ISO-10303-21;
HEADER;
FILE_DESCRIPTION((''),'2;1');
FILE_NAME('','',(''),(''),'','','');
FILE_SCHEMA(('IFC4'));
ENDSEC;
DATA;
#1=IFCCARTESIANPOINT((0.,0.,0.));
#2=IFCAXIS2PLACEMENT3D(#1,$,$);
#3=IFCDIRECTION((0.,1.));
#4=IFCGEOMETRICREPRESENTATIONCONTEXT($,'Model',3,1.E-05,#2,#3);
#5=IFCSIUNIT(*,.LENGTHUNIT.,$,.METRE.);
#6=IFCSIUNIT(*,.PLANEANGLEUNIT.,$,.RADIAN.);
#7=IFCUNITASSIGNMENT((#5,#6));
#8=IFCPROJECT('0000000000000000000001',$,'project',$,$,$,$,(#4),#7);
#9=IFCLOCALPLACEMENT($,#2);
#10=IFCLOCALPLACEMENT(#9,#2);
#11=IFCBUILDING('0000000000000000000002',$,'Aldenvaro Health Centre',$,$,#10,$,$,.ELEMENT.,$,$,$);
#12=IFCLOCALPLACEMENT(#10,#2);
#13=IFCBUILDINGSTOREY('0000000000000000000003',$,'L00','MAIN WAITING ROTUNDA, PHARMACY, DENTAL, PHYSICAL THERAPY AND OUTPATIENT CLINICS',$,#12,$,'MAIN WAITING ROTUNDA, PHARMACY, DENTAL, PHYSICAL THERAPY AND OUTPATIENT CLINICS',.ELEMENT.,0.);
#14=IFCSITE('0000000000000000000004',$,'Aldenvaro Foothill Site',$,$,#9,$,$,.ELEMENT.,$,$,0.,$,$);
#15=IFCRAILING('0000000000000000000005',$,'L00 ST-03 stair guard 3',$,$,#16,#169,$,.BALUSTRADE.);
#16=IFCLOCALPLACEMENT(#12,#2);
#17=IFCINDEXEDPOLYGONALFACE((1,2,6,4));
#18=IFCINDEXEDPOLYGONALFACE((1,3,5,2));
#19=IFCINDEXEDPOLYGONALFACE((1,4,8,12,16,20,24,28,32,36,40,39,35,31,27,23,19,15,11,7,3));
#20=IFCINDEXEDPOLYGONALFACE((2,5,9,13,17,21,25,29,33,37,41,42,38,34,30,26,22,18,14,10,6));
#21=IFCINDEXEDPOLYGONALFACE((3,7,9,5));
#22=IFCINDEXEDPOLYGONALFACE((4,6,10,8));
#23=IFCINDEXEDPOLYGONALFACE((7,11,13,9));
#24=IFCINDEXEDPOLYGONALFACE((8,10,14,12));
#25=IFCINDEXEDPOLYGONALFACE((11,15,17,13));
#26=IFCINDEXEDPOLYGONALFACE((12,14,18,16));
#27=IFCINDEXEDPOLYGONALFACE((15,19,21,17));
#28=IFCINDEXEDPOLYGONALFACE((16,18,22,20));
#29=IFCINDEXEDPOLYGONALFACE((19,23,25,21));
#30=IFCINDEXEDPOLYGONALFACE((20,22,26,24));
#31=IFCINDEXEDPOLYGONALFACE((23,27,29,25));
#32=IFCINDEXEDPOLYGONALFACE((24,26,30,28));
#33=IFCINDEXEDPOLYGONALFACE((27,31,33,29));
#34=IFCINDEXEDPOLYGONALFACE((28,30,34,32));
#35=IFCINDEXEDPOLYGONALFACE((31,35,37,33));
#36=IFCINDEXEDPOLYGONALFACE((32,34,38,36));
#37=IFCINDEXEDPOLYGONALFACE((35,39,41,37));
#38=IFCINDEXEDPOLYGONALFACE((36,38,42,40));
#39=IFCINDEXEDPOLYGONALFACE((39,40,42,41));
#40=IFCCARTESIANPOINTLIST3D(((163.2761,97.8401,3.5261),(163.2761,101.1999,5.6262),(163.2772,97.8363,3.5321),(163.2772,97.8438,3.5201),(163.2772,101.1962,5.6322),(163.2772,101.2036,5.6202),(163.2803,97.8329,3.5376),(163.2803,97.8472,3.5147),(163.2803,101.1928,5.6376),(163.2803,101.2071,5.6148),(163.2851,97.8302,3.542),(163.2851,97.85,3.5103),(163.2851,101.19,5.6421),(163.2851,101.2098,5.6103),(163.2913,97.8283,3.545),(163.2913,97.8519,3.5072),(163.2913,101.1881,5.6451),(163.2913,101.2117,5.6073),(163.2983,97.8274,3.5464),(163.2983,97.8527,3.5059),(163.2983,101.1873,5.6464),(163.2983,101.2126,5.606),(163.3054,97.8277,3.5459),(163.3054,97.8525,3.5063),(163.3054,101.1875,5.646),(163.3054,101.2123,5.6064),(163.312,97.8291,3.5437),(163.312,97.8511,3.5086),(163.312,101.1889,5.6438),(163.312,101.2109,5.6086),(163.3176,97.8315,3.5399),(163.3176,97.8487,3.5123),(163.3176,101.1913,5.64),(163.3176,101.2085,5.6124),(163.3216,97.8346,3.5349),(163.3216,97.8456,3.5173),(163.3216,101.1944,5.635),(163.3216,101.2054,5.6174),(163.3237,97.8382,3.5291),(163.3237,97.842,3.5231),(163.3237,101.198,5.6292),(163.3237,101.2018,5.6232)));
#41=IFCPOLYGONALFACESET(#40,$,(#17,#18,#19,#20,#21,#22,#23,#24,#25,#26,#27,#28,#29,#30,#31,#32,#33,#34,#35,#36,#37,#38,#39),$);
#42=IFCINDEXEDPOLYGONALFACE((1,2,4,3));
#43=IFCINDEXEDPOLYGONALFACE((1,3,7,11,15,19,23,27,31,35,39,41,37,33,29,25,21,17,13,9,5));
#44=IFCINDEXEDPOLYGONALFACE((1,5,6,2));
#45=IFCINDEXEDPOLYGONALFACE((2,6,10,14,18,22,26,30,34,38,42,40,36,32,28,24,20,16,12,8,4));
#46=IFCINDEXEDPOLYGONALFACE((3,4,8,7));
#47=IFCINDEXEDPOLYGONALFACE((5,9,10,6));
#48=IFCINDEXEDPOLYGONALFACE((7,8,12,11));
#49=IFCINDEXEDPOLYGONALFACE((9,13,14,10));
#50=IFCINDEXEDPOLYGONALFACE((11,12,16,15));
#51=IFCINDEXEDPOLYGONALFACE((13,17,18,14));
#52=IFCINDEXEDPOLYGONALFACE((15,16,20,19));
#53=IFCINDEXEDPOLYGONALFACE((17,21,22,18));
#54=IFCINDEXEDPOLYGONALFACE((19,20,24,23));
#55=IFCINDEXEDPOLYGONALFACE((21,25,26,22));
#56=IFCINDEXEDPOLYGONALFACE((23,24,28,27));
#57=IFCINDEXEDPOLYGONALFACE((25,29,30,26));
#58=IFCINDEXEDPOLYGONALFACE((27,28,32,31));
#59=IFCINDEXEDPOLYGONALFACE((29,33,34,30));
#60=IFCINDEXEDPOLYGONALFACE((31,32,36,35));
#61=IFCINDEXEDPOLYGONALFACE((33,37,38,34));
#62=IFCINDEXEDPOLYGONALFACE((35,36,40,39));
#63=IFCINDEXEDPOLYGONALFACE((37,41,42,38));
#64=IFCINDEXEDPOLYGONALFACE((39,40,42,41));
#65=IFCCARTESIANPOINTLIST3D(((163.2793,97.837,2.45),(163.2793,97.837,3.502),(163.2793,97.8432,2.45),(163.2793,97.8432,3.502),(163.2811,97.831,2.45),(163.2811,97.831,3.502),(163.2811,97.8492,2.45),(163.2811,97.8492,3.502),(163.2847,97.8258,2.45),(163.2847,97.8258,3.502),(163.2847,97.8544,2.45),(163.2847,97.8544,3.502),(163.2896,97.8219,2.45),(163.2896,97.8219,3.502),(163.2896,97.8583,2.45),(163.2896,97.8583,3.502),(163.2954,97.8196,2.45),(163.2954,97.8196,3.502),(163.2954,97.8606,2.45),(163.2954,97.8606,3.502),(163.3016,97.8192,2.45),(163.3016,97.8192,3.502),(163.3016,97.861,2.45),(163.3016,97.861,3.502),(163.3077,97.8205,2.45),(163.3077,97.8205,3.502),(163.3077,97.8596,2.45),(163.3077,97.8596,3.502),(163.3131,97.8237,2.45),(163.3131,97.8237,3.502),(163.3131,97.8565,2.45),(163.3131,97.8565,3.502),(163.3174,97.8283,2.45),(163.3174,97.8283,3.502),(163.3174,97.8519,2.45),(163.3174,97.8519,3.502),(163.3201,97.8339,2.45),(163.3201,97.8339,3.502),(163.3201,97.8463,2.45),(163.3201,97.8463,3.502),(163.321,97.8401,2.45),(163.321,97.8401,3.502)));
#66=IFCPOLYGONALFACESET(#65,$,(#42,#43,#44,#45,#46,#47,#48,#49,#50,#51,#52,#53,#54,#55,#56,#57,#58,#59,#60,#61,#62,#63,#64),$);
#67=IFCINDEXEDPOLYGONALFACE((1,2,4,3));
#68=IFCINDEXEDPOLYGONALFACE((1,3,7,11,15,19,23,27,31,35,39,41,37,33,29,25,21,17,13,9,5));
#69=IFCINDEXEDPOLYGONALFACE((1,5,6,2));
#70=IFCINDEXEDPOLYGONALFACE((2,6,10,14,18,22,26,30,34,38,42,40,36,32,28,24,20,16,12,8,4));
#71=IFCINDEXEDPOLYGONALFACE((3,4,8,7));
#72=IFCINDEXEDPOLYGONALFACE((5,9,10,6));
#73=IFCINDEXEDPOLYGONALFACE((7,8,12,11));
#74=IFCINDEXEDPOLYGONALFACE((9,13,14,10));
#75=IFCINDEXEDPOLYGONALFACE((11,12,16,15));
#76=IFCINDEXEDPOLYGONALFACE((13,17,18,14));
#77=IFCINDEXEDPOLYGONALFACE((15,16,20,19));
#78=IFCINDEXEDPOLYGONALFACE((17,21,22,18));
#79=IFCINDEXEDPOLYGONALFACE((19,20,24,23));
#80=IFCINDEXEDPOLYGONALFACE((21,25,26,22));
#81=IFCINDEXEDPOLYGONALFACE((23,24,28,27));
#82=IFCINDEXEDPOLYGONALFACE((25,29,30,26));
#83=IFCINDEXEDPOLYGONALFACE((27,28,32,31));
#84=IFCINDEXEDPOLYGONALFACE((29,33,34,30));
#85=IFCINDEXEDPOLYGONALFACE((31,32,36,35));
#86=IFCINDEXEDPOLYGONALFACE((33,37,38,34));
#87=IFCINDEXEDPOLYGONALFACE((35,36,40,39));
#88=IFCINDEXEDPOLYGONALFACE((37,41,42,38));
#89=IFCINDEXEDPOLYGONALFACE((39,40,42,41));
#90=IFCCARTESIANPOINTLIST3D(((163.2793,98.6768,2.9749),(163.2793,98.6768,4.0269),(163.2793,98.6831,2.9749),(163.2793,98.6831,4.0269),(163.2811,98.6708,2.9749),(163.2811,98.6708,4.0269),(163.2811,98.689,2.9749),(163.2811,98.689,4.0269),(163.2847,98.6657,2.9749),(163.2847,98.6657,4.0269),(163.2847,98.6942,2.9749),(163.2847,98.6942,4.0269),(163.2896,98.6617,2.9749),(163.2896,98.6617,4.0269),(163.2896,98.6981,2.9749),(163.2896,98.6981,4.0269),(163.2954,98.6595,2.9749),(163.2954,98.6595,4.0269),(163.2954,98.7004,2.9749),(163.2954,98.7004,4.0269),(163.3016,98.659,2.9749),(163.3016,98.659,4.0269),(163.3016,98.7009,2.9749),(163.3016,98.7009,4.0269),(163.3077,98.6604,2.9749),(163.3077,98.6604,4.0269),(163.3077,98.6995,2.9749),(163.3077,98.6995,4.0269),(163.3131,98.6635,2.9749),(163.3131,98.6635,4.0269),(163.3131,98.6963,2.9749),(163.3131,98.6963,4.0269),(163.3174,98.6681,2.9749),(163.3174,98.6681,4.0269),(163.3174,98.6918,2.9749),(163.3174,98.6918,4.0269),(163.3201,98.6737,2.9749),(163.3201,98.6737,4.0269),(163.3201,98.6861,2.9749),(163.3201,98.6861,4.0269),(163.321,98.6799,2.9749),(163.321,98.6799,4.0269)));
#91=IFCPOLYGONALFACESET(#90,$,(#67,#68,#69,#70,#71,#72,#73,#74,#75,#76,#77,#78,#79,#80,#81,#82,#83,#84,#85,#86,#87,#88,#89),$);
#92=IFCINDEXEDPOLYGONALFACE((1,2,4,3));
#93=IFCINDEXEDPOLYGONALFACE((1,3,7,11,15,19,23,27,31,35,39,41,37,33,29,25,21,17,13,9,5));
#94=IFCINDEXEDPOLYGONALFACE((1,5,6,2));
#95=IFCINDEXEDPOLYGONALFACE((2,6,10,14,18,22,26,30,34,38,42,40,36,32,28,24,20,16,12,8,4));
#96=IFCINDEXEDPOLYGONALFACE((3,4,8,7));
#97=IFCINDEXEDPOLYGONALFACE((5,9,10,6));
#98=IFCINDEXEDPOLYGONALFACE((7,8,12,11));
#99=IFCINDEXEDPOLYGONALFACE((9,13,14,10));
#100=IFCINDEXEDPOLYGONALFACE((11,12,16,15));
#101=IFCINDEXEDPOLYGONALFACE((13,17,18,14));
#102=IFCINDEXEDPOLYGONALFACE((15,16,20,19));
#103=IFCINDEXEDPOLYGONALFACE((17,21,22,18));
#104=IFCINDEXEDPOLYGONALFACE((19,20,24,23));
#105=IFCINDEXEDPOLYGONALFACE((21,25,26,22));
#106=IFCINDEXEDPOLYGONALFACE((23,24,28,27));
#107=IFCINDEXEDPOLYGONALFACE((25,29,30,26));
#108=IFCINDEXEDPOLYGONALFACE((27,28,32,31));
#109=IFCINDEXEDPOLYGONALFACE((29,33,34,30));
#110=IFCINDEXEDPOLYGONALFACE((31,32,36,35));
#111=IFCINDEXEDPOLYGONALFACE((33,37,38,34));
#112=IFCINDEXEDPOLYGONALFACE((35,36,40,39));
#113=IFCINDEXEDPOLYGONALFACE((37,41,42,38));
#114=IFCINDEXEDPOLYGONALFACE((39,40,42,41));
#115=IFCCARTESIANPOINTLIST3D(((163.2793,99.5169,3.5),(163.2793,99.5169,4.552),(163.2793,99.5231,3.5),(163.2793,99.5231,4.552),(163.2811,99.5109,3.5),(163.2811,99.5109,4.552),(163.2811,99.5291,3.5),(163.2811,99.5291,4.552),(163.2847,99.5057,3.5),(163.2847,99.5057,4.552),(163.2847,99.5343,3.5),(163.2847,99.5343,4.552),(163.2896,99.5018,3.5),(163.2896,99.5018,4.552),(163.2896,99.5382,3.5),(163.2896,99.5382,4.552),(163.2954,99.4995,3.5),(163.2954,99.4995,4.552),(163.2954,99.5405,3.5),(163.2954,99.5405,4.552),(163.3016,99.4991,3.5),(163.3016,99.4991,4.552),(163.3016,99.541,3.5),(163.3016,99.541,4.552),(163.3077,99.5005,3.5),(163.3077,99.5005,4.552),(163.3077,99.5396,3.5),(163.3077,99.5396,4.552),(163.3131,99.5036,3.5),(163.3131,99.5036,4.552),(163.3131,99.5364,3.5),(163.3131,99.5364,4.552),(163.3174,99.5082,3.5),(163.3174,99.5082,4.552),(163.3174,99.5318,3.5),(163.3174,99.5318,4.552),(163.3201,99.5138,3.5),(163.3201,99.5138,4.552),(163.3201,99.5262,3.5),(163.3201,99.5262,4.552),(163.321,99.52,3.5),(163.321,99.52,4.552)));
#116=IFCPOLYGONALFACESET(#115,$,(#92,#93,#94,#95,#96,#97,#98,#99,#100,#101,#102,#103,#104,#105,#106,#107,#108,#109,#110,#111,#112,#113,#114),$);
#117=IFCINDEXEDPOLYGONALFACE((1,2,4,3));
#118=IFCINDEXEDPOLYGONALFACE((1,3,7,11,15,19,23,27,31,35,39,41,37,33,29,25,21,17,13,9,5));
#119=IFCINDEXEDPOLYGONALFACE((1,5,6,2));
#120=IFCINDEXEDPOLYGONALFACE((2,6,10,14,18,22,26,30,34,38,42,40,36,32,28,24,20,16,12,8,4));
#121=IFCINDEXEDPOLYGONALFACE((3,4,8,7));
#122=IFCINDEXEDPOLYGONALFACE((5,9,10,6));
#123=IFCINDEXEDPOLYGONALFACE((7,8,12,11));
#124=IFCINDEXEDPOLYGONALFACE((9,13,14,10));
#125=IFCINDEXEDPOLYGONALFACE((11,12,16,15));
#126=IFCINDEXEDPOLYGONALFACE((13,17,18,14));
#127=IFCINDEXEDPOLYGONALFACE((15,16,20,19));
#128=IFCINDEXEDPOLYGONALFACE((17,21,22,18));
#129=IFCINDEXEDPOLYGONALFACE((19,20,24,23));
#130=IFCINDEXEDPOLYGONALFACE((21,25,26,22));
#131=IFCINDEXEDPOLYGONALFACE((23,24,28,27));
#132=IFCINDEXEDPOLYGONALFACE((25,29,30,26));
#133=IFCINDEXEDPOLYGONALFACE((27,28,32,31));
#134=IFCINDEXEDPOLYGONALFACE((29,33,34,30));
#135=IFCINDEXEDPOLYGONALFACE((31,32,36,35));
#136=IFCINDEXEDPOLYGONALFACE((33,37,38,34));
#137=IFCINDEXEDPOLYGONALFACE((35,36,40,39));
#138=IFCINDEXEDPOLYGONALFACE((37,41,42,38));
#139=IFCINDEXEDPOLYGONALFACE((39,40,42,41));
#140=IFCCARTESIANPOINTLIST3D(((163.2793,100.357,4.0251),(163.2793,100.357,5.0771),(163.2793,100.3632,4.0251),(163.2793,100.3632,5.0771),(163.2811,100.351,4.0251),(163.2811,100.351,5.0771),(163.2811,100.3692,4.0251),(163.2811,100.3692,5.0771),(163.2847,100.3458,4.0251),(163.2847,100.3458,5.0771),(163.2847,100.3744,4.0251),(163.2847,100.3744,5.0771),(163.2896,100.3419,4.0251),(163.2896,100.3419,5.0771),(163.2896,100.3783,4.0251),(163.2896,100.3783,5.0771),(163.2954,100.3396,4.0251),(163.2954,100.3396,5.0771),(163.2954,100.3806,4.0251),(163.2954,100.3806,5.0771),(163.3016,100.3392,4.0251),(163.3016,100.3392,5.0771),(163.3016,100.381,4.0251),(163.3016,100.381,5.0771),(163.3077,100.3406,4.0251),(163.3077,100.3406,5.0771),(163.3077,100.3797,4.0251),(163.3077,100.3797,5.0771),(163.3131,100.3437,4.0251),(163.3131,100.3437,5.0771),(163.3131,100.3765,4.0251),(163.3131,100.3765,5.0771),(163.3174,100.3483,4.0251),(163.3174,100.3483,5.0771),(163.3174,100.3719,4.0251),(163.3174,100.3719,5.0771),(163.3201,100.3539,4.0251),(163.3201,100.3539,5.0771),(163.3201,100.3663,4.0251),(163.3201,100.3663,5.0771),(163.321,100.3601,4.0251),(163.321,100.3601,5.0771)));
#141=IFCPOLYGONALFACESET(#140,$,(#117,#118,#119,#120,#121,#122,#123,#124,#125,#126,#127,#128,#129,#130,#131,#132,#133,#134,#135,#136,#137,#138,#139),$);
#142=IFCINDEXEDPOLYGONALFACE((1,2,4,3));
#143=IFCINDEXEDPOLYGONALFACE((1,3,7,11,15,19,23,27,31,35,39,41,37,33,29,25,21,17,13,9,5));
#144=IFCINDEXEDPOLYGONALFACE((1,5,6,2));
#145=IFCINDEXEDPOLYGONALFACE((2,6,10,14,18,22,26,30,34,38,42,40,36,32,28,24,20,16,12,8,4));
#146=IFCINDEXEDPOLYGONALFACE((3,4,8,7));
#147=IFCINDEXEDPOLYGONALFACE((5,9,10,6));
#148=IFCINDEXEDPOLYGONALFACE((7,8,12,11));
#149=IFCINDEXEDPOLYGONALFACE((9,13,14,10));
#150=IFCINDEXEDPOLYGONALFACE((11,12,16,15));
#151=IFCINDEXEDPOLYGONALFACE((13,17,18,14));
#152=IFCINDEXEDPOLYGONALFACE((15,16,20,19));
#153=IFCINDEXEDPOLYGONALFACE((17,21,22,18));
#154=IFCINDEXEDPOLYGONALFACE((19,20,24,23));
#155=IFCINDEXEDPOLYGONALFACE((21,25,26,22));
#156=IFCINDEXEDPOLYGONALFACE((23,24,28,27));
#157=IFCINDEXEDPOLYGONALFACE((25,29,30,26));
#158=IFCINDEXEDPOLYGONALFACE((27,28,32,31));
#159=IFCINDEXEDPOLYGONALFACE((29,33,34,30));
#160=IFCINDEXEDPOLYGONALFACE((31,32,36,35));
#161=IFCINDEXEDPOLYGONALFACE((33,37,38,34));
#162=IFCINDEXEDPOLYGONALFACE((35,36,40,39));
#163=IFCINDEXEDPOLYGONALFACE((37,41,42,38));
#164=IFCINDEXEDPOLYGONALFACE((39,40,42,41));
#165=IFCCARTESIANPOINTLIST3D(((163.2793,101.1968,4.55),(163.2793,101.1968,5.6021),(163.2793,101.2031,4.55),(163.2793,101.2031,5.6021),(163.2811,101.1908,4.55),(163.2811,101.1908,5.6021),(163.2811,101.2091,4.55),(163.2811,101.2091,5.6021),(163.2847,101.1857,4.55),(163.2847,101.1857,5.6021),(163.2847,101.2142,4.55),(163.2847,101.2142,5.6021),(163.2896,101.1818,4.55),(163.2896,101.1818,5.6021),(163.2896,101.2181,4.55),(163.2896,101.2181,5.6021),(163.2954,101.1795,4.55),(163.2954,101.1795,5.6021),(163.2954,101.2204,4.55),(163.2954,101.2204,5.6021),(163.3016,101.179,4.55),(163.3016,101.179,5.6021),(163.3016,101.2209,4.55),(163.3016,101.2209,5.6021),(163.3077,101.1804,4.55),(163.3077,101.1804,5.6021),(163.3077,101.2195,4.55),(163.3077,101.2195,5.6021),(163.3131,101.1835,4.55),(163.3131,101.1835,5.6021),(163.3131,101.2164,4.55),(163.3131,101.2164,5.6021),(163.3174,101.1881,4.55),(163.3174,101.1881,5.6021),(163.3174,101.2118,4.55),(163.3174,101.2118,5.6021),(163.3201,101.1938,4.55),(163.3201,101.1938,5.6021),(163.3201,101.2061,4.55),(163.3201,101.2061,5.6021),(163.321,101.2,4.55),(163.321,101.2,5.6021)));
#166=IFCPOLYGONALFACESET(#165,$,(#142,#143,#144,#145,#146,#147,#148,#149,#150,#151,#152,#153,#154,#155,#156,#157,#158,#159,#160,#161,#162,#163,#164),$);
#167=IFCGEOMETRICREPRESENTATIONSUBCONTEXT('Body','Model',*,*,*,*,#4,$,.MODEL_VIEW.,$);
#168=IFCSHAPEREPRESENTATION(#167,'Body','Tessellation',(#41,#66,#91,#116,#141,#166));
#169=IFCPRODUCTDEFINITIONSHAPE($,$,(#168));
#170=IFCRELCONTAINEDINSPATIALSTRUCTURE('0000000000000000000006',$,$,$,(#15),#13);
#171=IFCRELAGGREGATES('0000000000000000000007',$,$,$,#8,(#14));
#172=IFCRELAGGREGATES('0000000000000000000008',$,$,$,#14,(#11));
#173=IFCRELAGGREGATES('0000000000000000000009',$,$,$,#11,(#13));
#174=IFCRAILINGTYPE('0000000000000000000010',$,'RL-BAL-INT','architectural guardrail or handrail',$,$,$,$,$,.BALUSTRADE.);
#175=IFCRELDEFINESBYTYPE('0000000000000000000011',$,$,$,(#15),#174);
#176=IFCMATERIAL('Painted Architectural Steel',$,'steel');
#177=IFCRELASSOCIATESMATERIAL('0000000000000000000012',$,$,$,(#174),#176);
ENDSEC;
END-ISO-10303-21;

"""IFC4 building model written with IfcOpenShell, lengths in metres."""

from ifc_helpers import new_model, si_unit, direction, frame, origin, origin_2d, place, context, subcontext, project, spatial, circle, extrude, material, type_object, element, save


model = new_model("IFC4")

# Units and contexts
model_context = context("Model", 3, precision=1e-05, world=origin(), true_north=direction((0.0, 1.0)))
body_context = subcontext(model_context, "Body", "Model", "MODEL_VIEW")
ifc_project = project(units=[si_unit("LENGTHUNIT", "METRE"), si_unit("PLANEANGLEUNIT", "RADIAN")], contexts=[model_context])

# Site, building, storey
site_placement = place(None, origin())
site = spatial("IfcSite", under=ifc_project, at=site_placement, Name="Aldenvaro Foothill Site", CompositionType="ELEMENT", RefElevation=0.0)
building_placement = place(site_placement, origin())
building = spatial("IfcBuilding", under=site, at=building_placement, Name="Aldenvaro Health Centre", CompositionType="ELEMENT")
storey_placement = place(building_placement, origin())
storey = spatial("IfcBuildingStorey", under=building, at=storey_placement, Name="L00", Description="MAIN WAITING ROTUNDA, PHARMACY, DENTAL, PHYSICAL THERAPY AND OUTPATIENT CLINICS", LongName="MAIN WAITING ROTUNDA, PHARMACY, DENTAL, PHYSICAL THERAPY AND OUTPATIENT CLINICS", CompositionType="ELEMENT", Elevation=0.0)

# Railing
ifc_material_1 = material(Name="Painted Architectural Steel", Category="steel")
railing_type_1 = type_object("IfcRailingType", Name="RL-BAL-INT", Description="architectural guardrail or handrail", PredefinedType="BALUSTRADE", material=ifc_material_1)
railing_1_placement = place(storey_placement, frame((163.3, 97.8401, 2.45)))
element("IfcRailing", 1, at=railing_1_placement, inside=storey, type_object=railing_type_1, Name="L00 ST-03 stair guard 3", PredefinedType="BALUSTRADE", context=body_context, shape_type="SweptSolid", body=[
    extrude(circle(Radius=0.0239, at=origin_2d()), frame((0.0, 0.0, 1.0762), z_axis=(0.0, 0.847978, 0.530032), x_axis=(-1.0, 0.0, 0.0)), (0.0, 0.0, 1.0), 3.9622),
    extrude(circle(Radius=0.021, at=origin_2d()), origin(), (0.0, 0.0, 1.0), 1.052),
    extrude(circle(Radius=0.021, at=origin_2d()), frame((0.0, 0.8398, 0.5249)), (0.0, 0.0, 1.0), 1.052),
    extrude(circle(Radius=0.021, at=origin_2d()), frame((0.0, 1.6799, 1.05)), (0.0, 0.0, 1.0), 1.052),
    extrude(circle(Radius=0.021, at=origin_2d()), frame((0.0, 2.52, 1.5752)), (0.0, 0.0, 1.0), 1.052),
    extrude(circle(Radius=0.021, at=origin_2d()), frame((0.0, 3.3599, 2.1001)), (0.0, 0.0, 1.0), 1.052),
])

save(model, "model.ifc")
